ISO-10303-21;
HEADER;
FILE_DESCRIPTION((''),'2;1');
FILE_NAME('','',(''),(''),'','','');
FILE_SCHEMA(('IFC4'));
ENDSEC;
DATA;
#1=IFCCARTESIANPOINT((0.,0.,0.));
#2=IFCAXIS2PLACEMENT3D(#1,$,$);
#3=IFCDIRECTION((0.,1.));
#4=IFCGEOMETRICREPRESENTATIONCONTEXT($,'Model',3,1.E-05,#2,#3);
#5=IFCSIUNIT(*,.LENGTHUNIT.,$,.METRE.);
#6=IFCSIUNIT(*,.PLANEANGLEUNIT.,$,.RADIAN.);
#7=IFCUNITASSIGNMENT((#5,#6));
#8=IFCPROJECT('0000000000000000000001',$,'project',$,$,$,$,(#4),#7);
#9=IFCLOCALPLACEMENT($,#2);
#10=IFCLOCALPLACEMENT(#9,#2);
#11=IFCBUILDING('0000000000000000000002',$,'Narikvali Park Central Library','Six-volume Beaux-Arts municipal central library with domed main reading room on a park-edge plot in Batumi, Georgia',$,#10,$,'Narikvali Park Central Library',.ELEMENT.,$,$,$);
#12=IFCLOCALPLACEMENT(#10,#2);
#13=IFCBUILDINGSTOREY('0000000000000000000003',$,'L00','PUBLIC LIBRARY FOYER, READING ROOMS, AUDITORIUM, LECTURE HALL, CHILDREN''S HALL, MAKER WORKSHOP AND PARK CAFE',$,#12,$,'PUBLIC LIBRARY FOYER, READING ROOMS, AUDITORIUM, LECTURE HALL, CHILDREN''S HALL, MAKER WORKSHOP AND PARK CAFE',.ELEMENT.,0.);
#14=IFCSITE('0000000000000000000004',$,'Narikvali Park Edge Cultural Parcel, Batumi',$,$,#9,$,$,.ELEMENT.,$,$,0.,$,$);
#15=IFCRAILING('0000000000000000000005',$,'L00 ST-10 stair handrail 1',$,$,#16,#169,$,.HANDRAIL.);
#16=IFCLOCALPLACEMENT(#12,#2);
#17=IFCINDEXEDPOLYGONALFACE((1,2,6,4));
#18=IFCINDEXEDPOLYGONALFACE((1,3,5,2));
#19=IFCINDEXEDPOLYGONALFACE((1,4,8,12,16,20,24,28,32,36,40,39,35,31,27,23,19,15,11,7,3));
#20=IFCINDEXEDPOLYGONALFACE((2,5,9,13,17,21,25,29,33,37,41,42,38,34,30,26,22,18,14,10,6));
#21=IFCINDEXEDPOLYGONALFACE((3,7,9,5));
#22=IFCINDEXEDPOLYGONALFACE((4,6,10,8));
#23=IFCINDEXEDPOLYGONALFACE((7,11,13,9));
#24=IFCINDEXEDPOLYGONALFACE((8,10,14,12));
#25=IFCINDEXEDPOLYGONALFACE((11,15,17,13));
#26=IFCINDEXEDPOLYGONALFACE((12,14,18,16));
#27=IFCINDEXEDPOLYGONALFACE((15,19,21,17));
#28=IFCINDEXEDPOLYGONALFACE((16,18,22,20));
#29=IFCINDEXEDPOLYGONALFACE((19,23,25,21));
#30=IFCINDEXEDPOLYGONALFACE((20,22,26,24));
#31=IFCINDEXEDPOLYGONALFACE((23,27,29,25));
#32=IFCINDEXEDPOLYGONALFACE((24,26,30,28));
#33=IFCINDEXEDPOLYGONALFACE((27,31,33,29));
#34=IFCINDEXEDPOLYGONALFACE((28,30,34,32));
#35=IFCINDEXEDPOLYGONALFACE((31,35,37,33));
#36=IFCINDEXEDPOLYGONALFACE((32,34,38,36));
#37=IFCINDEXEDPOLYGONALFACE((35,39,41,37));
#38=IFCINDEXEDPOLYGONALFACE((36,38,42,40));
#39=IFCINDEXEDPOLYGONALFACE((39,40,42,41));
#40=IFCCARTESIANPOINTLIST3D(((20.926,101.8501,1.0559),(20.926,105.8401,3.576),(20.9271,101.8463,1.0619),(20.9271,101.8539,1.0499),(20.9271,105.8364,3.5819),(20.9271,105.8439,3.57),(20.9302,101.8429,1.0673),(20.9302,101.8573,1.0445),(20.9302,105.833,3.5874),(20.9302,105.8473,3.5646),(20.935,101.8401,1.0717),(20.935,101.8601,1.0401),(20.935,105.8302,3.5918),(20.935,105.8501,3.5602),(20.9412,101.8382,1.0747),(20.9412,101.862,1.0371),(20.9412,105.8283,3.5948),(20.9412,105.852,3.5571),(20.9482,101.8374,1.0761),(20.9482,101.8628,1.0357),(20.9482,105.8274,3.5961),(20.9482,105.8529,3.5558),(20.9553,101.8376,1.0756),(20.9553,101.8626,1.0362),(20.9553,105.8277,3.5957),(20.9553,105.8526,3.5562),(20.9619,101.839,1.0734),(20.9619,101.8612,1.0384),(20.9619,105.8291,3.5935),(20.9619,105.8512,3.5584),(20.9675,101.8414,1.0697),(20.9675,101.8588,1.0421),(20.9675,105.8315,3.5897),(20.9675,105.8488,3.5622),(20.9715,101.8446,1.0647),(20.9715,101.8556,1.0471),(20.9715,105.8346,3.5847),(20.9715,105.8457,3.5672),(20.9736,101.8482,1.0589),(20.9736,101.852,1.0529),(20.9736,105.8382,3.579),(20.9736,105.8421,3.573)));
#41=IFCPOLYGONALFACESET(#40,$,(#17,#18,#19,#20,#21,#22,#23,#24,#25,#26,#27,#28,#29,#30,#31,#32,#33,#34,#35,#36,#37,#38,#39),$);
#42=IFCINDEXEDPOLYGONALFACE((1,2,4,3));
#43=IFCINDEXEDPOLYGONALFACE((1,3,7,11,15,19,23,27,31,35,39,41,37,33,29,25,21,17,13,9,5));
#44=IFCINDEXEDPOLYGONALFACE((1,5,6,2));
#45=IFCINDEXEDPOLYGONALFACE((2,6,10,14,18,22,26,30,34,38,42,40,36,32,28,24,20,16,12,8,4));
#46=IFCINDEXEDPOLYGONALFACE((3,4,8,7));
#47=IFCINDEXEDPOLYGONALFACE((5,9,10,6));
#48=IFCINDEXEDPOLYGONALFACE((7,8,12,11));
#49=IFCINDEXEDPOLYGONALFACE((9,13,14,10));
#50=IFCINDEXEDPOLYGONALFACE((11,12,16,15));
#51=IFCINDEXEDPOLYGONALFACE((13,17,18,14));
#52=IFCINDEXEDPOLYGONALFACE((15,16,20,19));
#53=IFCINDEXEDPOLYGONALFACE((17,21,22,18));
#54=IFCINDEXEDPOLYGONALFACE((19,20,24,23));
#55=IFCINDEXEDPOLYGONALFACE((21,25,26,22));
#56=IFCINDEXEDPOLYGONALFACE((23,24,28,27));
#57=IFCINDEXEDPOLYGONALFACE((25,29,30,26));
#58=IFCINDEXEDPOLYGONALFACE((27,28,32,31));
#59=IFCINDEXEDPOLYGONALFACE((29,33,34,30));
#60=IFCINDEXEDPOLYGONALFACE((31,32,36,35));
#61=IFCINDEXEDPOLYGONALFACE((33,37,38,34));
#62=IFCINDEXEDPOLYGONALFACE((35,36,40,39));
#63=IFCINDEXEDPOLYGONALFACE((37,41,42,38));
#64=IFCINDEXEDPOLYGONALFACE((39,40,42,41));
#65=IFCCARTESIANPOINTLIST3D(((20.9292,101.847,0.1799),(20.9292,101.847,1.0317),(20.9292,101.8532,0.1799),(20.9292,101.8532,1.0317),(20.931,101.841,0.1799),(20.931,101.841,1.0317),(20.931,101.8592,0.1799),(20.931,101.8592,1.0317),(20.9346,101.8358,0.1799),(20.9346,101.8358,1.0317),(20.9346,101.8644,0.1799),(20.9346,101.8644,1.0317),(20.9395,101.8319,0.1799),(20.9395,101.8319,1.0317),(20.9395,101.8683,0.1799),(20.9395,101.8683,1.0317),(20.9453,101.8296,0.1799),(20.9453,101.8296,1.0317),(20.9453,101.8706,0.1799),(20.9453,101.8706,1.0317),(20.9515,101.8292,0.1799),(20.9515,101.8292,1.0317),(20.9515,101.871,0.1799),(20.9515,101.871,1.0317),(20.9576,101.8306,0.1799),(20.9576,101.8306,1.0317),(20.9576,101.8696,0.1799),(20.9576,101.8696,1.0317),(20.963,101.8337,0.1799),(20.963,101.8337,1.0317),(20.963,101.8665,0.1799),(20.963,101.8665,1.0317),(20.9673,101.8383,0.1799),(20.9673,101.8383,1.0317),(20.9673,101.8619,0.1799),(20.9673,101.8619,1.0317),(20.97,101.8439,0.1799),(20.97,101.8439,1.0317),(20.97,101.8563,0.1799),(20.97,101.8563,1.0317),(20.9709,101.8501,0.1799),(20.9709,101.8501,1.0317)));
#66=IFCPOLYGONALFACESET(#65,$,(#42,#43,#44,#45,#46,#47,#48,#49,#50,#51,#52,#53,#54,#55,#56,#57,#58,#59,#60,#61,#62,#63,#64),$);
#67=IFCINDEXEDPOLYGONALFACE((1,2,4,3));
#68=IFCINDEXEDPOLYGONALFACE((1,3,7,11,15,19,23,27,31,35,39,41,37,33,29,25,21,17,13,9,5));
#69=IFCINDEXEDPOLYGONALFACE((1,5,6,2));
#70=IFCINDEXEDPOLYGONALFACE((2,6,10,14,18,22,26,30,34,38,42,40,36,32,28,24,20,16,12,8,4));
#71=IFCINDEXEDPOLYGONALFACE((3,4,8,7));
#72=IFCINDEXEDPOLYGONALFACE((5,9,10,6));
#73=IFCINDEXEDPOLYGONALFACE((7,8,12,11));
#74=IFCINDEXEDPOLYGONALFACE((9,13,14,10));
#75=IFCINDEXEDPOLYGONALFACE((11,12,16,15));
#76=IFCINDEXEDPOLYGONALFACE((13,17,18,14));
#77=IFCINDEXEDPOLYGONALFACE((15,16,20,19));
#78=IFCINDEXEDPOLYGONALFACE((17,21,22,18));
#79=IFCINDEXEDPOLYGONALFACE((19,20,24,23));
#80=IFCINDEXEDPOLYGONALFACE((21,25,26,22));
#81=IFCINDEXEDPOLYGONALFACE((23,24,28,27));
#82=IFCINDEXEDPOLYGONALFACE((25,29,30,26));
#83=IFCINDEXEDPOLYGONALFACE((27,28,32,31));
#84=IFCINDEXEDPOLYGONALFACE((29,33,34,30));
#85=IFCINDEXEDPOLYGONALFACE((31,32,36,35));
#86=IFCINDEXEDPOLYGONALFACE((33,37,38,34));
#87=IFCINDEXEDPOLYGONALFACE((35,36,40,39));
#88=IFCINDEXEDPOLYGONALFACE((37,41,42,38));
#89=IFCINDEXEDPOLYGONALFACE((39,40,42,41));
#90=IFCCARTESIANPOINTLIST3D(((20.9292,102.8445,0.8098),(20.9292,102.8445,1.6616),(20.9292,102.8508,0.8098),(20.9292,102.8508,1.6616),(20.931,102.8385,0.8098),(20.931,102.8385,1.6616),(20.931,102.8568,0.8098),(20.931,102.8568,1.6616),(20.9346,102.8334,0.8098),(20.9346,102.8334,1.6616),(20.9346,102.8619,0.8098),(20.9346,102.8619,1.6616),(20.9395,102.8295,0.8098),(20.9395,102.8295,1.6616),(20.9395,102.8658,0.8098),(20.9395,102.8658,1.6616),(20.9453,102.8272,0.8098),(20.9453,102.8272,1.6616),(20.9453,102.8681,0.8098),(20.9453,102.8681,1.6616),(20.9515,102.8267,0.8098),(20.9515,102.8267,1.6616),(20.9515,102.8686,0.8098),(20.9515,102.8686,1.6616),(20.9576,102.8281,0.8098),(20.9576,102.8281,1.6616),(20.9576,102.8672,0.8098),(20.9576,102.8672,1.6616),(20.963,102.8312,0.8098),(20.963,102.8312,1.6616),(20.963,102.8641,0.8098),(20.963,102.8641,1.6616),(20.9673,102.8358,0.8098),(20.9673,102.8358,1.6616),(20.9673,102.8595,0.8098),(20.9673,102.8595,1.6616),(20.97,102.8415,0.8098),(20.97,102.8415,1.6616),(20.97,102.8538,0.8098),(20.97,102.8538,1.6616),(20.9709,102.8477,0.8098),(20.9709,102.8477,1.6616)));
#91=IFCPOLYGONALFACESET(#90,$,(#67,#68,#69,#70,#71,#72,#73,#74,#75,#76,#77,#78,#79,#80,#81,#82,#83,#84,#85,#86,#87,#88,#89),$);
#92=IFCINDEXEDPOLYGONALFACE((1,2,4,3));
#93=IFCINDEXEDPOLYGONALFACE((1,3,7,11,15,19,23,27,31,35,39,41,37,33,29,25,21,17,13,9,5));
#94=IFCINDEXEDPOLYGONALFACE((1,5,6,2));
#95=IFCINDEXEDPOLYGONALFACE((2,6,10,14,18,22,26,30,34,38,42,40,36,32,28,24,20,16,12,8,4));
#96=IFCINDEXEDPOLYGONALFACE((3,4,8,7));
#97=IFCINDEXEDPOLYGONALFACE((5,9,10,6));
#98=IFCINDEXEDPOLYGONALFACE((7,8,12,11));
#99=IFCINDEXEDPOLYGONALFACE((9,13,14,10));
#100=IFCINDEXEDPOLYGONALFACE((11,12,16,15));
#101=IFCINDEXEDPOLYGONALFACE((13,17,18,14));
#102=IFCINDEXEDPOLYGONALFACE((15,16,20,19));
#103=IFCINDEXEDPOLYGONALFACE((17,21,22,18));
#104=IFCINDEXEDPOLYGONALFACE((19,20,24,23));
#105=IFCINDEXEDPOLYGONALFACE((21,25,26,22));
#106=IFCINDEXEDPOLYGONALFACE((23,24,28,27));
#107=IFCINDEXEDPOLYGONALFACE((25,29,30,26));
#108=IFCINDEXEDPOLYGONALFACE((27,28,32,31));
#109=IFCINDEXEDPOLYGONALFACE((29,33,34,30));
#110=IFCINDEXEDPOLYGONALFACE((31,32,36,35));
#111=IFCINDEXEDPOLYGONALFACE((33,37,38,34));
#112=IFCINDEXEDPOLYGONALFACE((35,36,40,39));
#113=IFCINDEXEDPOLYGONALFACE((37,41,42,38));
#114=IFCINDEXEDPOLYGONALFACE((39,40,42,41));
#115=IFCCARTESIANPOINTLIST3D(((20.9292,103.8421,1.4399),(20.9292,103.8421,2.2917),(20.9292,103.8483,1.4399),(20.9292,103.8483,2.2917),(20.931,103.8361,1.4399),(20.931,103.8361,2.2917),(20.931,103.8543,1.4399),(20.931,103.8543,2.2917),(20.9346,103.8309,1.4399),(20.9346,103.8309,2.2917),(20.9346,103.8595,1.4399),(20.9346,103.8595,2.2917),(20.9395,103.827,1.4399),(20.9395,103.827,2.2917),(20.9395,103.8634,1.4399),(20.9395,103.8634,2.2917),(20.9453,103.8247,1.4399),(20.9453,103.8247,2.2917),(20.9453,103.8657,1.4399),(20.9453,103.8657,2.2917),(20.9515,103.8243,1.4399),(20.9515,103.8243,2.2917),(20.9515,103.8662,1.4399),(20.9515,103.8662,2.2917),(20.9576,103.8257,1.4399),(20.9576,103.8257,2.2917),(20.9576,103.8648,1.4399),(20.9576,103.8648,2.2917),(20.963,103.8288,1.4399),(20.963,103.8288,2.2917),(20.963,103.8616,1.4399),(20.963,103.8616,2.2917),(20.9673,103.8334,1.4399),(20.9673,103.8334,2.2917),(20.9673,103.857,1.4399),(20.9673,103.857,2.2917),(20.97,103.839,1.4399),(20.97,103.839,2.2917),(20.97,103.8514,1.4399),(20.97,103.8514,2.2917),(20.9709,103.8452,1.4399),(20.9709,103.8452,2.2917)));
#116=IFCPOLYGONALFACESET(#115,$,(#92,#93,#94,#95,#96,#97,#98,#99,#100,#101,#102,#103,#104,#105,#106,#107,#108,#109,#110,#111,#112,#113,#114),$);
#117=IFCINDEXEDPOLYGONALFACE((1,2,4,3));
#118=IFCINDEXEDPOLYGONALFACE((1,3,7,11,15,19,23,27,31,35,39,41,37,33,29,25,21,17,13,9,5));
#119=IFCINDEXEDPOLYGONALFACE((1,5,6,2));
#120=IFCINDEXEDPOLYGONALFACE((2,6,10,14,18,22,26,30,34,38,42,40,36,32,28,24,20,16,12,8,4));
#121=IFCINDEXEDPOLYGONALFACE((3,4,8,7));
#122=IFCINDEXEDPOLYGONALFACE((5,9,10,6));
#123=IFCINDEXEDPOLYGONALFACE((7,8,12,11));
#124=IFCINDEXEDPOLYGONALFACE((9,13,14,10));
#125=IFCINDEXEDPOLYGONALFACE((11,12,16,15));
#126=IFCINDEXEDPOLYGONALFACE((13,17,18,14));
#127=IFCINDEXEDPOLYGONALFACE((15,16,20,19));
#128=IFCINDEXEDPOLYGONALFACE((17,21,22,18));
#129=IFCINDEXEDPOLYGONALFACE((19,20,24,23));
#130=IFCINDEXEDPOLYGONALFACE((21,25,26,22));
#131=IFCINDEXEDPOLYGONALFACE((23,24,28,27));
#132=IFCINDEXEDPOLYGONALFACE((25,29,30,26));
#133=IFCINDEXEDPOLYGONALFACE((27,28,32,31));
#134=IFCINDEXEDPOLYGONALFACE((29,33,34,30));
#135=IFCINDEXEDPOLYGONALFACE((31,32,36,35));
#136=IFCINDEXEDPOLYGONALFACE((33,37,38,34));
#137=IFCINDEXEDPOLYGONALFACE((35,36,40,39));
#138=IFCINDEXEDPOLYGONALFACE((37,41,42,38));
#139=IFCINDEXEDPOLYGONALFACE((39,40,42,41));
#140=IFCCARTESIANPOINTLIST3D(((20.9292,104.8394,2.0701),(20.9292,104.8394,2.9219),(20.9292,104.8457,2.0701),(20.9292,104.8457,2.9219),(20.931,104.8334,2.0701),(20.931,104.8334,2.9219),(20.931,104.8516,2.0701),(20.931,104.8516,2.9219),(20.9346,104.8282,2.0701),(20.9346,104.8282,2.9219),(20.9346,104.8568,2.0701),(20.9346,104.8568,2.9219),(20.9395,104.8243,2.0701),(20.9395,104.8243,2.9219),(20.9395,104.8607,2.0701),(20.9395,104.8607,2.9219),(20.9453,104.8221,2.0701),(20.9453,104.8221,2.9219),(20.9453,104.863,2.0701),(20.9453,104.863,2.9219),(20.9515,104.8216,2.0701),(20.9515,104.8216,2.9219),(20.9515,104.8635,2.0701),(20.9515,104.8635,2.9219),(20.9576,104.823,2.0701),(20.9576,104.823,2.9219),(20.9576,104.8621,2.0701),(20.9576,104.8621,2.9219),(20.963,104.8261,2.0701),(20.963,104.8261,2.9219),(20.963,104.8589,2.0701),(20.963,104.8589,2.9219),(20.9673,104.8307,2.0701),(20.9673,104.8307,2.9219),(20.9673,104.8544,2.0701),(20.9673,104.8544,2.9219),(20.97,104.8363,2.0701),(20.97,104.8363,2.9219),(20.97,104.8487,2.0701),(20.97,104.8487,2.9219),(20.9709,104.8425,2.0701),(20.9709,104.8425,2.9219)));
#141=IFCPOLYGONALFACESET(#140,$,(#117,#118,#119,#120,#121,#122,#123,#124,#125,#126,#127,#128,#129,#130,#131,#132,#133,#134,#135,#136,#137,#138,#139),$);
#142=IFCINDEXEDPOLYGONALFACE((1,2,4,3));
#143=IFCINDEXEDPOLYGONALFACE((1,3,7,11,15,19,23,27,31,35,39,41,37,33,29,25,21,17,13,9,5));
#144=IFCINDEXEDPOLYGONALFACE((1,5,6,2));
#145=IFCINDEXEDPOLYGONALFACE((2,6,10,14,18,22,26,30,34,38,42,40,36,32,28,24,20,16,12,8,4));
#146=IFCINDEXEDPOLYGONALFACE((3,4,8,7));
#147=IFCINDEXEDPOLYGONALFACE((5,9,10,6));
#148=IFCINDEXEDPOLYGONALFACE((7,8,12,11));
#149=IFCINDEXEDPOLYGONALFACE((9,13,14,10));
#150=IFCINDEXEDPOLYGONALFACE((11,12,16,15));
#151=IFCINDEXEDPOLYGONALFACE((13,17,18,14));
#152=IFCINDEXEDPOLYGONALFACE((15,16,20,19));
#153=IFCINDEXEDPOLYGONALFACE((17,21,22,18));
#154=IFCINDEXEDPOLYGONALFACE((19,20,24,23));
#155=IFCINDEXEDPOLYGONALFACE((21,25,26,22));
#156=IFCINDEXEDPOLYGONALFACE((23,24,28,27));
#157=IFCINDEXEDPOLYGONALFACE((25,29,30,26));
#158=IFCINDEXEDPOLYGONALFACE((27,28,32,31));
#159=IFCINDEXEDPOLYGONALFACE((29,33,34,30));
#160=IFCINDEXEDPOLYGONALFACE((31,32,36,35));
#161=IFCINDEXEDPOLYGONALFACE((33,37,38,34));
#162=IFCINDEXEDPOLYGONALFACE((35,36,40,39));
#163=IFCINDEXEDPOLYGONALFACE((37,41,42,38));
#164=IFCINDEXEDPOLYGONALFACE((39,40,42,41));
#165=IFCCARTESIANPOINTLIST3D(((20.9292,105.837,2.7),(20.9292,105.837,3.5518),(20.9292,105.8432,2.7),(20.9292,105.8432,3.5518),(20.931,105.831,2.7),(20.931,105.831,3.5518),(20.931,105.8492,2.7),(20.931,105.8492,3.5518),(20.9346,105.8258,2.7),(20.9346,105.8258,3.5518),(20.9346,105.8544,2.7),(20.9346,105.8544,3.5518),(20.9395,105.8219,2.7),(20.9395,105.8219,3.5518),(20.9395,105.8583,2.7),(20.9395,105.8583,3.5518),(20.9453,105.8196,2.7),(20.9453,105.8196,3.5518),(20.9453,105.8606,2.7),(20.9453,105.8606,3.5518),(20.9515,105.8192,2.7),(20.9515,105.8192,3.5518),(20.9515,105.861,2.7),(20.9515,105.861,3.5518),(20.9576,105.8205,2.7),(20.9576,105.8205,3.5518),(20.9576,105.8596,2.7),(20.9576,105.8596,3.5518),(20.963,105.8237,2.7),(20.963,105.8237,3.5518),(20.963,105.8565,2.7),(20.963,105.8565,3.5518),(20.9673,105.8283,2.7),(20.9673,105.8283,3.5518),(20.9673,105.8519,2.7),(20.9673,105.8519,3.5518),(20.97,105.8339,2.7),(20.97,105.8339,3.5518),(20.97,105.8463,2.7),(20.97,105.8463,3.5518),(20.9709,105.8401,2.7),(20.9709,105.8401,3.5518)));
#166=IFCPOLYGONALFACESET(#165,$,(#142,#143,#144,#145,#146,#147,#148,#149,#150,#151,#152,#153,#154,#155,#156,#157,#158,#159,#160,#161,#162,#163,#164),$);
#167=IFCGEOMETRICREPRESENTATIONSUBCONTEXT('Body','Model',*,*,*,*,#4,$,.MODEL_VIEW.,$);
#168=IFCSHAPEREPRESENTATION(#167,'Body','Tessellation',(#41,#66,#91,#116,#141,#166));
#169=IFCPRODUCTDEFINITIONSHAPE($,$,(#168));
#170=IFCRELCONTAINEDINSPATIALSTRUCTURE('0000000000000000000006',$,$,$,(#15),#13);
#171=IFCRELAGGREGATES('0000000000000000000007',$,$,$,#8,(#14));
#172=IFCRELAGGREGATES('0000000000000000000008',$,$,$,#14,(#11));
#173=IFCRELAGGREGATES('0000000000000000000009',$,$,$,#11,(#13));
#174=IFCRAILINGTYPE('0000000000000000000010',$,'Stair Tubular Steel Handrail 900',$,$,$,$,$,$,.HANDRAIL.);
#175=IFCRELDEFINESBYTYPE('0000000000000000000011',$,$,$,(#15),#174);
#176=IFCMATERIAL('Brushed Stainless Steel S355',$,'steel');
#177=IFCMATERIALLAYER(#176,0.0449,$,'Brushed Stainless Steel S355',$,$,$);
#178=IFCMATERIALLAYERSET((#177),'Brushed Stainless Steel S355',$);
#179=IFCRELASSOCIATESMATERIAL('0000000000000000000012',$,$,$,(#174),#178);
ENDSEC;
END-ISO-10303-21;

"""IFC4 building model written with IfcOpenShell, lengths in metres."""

from ifc_helpers import new_model, si_unit, direction, frame, origin, origin_2d, place, context, subcontext, project, spatial, circle, extrude, material, layer, layer_set, type_object, element, save


model = new_model("IFC4")

# Units and contexts
model_context = context("Model", 3, precision=1e-05, world=origin(), true_north=direction((0.0, 1.0)))
body_context = subcontext(model_context, "Body", "Model", "MODEL_VIEW")
ifc_project = project(units=[si_unit("LENGTHUNIT", "METRE"), si_unit("PLANEANGLEUNIT", "RADIAN")], contexts=[model_context])

# Site, building, storey
site_placement = place(None, origin())
site = spatial("IfcSite", under=ifc_project, at=site_placement, Name="Narikvali Park Edge Cultural Parcel, Batumi", CompositionType="ELEMENT", RefElevation=0.0)
building_placement = place(site_placement, origin())
building = spatial("IfcBuilding", under=site, at=building_placement, Name="Narikvali Park Central Library", Description="Six-volume Beaux-Arts municipal central library with domed main reading room on a park-edge plot in Batumi, Georgia", LongName="Narikvali Park Central Library", CompositionType="ELEMENT")
storey_placement = place(building_placement, origin())
storey = spatial("IfcBuildingStorey", under=building, at=storey_placement, Name="L00", Description="PUBLIC LIBRARY FOYER, READING ROOMS, AUDITORIUM, LECTURE HALL, CHILDREN'S HALL, MAKER WORKSHOP AND PARK CAFE", LongName="PUBLIC LIBRARY FOYER, READING ROOMS, AUDITORIUM, LECTURE HALL, CHILDREN'S HALL, MAKER WORKSHOP AND PARK CAFE", CompositionType="ELEMENT", Elevation=0.0)

# Railing
ifc_material_1 = material(Name="Brushed Stainless Steel S355", Category="steel")
ifc_layer_1 = layer(ifc_material_1, 0.0449, Name="Brushed Stainless Steel S355")
ifc_layer_set_1 = layer_set([ifc_layer_1], Name="Brushed Stainless Steel S355")
railing_type_1 = type_object("IfcRailingType", Name="Stair Tubular Steel Handrail 900", PredefinedType="HANDRAIL", material=ifc_layer_set_1)
railing_1_placement = place(storey_placement, frame((20.95, 101.8501, 0.1799)))
element("IfcRailing", 1, at=railing_1_placement, inside=storey, type_object=railing_type_1, Name="L00 ST-10 stair handrail 1", PredefinedType="HANDRAIL", context=body_context, shape_type="SweptSolid", body=[
    extrude(circle(Radius=0.0239, at=origin_2d()), frame((0.0, 0.0, 0.876), z_axis=(0.0, 0.845486, 0.533997), x_axis=(-1.0, 0.0, 0.0)), (0.0, 0.0, 1.0), 4.7192),
    extrude(circle(Radius=0.021, at=origin_2d()), origin(), (0.0, 0.0, 1.0), 0.8518),
    extrude(circle(Radius=0.021, at=origin_2d()), frame((0.0, 0.9976, 0.6299)), (0.0, 0.0, 1.0), 0.8518),
    extrude(circle(Radius=0.021, at=origin_2d()), frame((0.0, 1.9951, 1.26)), (0.0, 0.0, 1.0), 0.8518),
    extrude(circle(Radius=0.021, at=origin_2d()), frame((0.0, 2.9924, 1.8901)), (0.0, 0.0, 1.0), 0.8518),
    extrude(circle(Radius=0.021, at=origin_2d()), frame((0.0, 3.99, 2.52)), (0.0, 0.0, 1.0), 0.8518),
])

save(model, "model.ifc")
